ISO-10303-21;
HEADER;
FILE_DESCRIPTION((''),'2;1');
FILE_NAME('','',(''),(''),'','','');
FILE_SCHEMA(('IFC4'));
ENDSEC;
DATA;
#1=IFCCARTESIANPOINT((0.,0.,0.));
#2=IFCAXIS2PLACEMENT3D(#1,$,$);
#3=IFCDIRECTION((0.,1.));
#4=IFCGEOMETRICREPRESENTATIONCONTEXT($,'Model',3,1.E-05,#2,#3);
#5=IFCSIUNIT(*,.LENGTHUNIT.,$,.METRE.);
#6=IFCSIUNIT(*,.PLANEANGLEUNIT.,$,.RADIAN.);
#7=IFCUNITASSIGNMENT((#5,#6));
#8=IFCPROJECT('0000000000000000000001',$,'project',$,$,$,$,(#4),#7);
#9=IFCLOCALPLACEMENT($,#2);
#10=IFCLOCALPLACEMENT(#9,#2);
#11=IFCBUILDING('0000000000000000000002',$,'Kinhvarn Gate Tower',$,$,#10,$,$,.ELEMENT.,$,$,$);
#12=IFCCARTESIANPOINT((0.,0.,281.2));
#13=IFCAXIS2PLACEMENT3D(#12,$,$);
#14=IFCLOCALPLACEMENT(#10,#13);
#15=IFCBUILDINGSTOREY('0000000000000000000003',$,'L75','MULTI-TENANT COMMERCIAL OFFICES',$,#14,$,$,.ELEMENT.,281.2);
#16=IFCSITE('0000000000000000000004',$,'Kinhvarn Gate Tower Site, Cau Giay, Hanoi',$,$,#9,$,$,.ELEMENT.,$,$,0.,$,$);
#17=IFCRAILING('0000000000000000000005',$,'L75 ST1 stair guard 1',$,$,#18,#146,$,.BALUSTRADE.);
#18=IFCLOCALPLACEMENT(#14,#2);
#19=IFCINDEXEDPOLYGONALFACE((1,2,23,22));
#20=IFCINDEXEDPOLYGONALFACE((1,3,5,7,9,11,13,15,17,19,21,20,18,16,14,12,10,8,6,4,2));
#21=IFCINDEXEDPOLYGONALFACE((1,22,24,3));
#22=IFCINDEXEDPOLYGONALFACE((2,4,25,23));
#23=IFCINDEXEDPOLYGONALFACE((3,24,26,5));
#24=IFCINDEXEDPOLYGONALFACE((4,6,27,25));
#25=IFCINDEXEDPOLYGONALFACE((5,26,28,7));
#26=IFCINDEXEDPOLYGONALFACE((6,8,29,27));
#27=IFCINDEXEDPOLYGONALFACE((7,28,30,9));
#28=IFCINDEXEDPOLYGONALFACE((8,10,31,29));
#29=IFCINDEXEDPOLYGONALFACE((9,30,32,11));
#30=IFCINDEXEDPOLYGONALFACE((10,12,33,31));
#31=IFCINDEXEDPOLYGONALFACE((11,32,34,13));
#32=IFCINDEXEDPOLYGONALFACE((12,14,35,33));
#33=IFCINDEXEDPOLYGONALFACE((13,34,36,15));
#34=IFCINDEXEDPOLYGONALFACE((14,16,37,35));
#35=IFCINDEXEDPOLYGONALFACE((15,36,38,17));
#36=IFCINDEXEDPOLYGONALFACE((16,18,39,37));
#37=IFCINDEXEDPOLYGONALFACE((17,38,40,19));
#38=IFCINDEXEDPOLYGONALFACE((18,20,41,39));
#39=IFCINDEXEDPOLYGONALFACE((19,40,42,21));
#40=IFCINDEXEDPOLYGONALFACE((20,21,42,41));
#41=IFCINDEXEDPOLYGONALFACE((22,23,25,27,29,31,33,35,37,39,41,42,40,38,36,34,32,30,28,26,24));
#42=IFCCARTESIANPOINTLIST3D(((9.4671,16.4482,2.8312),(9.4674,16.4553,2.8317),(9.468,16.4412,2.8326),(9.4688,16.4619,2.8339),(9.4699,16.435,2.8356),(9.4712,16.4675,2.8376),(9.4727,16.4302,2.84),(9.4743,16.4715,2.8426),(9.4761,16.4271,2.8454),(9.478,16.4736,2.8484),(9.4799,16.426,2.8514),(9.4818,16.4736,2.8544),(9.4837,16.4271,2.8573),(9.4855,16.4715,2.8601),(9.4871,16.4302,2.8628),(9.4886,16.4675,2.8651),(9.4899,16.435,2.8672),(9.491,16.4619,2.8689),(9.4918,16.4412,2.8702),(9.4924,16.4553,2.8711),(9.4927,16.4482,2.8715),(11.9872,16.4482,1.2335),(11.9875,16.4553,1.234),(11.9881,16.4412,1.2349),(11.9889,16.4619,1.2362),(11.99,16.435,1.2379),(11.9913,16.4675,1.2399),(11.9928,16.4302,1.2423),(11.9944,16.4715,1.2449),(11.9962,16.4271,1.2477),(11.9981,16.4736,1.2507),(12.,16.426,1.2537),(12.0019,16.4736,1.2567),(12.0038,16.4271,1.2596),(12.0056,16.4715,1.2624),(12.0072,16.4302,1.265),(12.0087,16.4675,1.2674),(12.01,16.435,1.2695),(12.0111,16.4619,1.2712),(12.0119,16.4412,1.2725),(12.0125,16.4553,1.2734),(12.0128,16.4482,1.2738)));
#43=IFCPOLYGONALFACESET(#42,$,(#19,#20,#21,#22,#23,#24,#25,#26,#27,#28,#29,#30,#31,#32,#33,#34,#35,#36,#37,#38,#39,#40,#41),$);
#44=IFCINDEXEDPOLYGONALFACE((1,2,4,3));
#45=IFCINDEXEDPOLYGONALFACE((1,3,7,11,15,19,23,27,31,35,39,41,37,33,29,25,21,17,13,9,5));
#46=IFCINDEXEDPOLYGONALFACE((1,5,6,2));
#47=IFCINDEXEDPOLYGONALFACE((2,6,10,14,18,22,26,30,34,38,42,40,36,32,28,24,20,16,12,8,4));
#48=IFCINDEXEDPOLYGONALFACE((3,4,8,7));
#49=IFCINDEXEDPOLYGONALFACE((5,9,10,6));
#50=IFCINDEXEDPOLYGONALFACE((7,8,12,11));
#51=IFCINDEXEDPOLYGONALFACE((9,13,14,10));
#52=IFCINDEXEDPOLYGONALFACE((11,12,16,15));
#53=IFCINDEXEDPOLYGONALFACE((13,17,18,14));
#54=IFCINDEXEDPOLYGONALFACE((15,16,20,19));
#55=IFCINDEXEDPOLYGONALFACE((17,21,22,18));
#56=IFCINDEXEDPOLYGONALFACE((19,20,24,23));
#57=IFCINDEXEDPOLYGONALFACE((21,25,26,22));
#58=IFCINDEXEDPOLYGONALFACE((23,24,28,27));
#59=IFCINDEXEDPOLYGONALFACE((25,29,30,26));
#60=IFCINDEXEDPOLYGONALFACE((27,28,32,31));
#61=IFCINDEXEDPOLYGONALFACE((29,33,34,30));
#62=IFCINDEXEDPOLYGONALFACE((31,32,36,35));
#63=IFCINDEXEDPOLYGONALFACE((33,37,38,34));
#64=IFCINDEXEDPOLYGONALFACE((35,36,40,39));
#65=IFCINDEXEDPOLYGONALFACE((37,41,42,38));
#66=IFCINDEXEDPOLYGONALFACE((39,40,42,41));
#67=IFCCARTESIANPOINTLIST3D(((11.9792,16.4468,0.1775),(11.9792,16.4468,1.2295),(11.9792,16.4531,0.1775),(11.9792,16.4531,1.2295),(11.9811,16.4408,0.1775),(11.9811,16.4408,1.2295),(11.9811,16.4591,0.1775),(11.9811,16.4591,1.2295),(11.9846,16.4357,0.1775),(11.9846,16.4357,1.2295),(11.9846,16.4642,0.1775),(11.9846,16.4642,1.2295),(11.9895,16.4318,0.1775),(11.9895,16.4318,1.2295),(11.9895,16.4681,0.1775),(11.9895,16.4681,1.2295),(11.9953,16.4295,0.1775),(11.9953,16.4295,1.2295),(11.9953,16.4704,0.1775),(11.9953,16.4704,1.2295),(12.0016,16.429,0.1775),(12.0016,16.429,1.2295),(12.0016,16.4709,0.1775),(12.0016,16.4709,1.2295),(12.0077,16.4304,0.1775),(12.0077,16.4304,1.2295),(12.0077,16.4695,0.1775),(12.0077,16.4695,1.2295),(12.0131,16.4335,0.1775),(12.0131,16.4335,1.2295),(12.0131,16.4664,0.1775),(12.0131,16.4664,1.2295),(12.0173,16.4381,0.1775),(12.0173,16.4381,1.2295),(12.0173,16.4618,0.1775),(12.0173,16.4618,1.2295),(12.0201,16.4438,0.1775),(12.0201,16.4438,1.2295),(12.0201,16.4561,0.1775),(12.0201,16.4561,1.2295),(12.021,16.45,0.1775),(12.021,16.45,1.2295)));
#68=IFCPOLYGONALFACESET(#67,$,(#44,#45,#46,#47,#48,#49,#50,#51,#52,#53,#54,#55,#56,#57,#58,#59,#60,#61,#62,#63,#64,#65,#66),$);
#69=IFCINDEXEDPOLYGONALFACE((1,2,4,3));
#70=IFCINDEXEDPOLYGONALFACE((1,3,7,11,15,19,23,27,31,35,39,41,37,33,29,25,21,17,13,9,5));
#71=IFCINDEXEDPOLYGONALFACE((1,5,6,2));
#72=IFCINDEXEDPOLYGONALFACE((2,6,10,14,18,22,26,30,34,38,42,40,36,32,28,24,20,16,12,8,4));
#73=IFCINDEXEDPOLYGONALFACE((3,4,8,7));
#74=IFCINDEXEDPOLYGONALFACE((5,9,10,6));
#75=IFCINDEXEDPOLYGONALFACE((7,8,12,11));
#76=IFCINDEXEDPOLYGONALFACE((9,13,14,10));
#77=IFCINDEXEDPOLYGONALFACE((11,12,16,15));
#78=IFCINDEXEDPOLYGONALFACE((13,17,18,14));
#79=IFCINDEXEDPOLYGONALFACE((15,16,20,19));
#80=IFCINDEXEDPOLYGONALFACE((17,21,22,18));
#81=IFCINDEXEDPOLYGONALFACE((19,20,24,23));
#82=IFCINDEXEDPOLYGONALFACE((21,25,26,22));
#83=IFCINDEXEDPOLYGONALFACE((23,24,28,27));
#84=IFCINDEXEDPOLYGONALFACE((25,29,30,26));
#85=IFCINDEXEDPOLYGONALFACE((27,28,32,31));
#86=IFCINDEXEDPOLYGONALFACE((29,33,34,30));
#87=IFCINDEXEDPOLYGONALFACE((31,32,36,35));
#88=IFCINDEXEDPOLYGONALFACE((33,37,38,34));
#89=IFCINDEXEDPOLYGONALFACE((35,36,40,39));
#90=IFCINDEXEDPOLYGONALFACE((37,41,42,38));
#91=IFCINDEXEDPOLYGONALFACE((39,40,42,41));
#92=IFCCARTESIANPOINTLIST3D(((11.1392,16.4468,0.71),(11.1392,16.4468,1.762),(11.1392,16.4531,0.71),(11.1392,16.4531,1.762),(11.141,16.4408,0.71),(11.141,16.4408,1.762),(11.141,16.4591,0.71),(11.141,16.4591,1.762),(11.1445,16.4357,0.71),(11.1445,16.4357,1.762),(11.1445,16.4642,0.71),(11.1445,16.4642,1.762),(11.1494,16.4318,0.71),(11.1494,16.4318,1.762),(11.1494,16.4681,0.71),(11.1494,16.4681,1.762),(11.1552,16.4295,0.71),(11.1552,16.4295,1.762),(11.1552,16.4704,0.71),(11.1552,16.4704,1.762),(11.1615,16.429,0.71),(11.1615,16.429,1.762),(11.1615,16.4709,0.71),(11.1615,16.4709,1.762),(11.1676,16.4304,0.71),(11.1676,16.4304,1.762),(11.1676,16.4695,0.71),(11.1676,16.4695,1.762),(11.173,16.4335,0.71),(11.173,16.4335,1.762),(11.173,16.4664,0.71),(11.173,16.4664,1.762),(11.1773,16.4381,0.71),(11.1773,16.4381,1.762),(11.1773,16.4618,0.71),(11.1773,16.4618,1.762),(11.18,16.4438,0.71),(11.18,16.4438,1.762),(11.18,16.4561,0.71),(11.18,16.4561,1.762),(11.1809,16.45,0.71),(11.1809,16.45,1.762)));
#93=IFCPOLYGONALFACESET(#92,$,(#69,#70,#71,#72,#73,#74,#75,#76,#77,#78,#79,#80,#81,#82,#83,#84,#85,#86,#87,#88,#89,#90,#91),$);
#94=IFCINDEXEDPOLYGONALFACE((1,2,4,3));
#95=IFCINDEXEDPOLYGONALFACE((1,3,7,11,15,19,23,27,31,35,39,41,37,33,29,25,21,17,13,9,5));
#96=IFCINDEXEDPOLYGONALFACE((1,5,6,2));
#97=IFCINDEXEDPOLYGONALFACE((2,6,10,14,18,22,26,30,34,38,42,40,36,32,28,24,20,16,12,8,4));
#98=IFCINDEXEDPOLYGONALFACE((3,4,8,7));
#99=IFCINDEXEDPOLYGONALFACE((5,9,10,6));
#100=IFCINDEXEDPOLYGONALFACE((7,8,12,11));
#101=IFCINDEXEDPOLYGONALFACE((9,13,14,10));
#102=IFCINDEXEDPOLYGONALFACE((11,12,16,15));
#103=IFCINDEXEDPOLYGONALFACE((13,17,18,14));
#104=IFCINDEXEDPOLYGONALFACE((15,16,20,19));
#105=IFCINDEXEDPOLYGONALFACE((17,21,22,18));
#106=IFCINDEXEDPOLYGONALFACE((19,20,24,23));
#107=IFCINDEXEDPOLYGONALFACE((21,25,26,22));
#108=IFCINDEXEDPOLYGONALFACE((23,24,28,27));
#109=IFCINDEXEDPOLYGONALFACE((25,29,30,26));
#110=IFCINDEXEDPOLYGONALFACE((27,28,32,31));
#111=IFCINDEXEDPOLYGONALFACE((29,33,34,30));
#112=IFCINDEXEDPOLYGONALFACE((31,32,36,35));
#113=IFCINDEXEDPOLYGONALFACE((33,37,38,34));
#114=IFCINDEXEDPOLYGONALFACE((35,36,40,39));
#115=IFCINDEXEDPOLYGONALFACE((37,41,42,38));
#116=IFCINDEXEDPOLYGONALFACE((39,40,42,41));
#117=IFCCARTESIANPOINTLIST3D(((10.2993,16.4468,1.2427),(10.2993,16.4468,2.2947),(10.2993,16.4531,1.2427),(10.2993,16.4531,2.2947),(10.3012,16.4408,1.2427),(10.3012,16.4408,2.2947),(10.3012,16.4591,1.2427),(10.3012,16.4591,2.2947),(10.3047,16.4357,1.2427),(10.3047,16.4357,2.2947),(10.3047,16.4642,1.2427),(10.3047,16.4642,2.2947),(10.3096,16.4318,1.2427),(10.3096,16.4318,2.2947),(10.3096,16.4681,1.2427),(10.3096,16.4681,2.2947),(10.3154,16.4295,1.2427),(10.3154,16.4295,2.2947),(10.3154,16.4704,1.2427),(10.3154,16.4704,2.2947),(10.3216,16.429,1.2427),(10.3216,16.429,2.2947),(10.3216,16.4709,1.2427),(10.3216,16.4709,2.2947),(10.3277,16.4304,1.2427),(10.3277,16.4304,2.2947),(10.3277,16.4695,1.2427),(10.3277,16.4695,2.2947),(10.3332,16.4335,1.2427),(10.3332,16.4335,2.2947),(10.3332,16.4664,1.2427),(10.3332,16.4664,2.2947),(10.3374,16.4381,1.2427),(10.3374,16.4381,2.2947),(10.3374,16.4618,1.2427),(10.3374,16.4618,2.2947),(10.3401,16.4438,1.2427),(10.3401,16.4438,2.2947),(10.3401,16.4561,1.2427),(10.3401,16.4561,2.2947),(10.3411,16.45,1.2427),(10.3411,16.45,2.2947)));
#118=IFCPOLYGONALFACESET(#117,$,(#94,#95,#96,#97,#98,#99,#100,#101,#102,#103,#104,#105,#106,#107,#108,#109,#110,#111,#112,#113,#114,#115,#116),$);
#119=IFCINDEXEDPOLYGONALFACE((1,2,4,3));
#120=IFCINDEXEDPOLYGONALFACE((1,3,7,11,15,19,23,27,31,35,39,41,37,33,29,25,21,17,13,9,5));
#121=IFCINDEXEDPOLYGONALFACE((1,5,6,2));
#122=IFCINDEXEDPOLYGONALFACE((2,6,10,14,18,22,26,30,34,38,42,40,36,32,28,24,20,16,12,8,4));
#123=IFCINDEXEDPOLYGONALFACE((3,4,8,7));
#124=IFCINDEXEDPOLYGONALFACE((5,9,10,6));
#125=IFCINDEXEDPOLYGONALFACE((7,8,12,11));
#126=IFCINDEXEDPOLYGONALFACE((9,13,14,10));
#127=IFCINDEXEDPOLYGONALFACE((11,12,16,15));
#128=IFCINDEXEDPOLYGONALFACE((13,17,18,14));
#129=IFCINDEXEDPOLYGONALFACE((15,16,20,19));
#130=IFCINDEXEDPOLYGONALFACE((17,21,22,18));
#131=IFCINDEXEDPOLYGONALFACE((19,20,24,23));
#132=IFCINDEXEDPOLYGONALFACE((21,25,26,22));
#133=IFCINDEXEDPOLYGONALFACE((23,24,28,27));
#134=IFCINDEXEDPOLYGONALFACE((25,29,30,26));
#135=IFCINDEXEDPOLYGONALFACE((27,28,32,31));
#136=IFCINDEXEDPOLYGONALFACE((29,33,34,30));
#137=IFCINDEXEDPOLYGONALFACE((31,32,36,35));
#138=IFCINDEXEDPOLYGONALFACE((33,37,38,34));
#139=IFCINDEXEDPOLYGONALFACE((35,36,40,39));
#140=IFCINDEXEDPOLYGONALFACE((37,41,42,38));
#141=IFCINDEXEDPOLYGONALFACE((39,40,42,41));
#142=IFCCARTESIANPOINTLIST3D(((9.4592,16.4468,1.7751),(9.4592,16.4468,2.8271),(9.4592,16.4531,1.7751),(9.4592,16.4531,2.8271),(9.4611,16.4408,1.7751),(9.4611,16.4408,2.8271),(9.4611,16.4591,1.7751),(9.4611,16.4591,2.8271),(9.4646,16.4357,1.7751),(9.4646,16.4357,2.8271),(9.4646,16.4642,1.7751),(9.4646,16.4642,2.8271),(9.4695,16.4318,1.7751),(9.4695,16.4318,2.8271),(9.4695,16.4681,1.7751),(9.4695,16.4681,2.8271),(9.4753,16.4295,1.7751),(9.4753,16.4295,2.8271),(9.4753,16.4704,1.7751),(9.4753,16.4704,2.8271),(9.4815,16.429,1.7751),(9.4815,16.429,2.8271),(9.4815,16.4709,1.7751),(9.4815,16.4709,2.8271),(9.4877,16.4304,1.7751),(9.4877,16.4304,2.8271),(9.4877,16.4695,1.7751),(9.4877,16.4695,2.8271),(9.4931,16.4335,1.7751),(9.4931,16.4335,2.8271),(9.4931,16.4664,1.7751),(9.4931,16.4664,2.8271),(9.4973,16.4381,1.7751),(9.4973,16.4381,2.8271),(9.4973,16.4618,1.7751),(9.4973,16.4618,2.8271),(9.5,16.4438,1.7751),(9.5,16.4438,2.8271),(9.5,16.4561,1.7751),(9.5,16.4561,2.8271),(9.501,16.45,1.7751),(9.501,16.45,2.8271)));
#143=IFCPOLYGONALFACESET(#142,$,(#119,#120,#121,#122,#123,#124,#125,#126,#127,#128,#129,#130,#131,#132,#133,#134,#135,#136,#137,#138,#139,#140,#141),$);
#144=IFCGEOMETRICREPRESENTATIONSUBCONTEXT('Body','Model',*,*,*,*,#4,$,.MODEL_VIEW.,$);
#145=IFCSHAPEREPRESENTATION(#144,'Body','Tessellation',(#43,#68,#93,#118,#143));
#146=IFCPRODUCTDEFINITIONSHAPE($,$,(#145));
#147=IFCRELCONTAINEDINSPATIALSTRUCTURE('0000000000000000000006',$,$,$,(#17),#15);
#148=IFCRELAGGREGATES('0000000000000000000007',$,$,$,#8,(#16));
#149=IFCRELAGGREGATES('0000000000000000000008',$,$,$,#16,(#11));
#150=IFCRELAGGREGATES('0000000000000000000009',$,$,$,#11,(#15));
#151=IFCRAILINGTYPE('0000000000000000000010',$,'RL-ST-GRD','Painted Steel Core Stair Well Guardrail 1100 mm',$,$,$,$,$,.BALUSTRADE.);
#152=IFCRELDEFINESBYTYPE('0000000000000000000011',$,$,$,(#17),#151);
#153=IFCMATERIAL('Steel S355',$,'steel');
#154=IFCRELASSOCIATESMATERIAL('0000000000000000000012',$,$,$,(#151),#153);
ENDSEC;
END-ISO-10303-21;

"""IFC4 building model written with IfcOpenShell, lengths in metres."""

from ifc_helpers import new_model, si_unit, direction, frame, origin, origin_2d, place, context, subcontext, project, spatial, circle, extrude, material, type_object, element, save


model = new_model("IFC4")

# Units and contexts
model_context = context("Model", 3, precision=1e-05, world=origin(), true_north=direction((0.0, 1.0)))
body_context = subcontext(model_context, "Body", "Model", "MODEL_VIEW")
ifc_project = project(units=[si_unit("LENGTHUNIT", "METRE"), si_unit("PLANEANGLEUNIT", "RADIAN")], contexts=[model_context])

# Site, building, storey
site_placement = place(None, origin())
site = spatial("IfcSite", under=ifc_project, at=site_placement, Name="Kinhvarn Gate Tower Site, Cau Giay, Hanoi", CompositionType="ELEMENT", RefElevation=0.0)
building_placement = place(site_placement, origin())
building = spatial("IfcBuilding", under=site, at=building_placement, Name="Kinhvarn Gate Tower", CompositionType="ELEMENT")
storey_placement = place(building_placement, frame((0.0, 0.0, 281.2)))
storey = spatial("IfcBuildingStorey", under=building, at=storey_placement, Name="L75", Description="MULTI-TENANT COMMERCIAL OFFICES", CompositionType="ELEMENT", Elevation=281.2)

# Shared definitions
ifc_material_1 = material(Name="Steel S355", Category="steel")

# Railing
railing_type_1 = type_object("IfcRailingType", Name="RL-ST-GRD", Description="Painted Steel Core Stair Well Guardrail 1100 mm", PredefinedType="BALUSTRADE", material=ifc_material_1)
railing_1_placement = place(storey_placement, frame((12.0, 16.45, 0.1775)))
element("IfcRailing", 1, at=railing_1_placement, inside=storey, type_object=railing_type_1, Name="L75 ST1 stair guard 1", PredefinedType="BALUSTRADE", context=body_context, shape_type="SweptSolid", body=[
    extrude(circle(Radius=0.0239, at=origin_2d()), frame((0.0, 0.0, 1.0762), z_axis=(-0.84457, 0.0, 0.535445), x_axis=(0.0, -1.0, 0.0)), (0.0, 0.0, 1.0), 2.9839),
    extrude(circle(Radius=0.021, at=origin_2d()), origin(), (0.0, 0.0, 1.0), 1.052),
    extrude(circle(Radius=0.021, at=origin_2d()), frame((-0.8401, 0.0, 0.5325)), (0.0, 0.0, 1.0), 1.052),
    extrude(circle(Radius=0.021, at=origin_2d()), frame((-1.6799, 0.0, 1.0652)), (0.0, 0.0, 1.0), 1.052),
    extrude(circle(Radius=0.021, at=origin_2d()), frame((-2.52, 0.0, 1.5977)), (0.0, 0.0, 1.0), 1.052),
])

save(model, "model.ifc")
